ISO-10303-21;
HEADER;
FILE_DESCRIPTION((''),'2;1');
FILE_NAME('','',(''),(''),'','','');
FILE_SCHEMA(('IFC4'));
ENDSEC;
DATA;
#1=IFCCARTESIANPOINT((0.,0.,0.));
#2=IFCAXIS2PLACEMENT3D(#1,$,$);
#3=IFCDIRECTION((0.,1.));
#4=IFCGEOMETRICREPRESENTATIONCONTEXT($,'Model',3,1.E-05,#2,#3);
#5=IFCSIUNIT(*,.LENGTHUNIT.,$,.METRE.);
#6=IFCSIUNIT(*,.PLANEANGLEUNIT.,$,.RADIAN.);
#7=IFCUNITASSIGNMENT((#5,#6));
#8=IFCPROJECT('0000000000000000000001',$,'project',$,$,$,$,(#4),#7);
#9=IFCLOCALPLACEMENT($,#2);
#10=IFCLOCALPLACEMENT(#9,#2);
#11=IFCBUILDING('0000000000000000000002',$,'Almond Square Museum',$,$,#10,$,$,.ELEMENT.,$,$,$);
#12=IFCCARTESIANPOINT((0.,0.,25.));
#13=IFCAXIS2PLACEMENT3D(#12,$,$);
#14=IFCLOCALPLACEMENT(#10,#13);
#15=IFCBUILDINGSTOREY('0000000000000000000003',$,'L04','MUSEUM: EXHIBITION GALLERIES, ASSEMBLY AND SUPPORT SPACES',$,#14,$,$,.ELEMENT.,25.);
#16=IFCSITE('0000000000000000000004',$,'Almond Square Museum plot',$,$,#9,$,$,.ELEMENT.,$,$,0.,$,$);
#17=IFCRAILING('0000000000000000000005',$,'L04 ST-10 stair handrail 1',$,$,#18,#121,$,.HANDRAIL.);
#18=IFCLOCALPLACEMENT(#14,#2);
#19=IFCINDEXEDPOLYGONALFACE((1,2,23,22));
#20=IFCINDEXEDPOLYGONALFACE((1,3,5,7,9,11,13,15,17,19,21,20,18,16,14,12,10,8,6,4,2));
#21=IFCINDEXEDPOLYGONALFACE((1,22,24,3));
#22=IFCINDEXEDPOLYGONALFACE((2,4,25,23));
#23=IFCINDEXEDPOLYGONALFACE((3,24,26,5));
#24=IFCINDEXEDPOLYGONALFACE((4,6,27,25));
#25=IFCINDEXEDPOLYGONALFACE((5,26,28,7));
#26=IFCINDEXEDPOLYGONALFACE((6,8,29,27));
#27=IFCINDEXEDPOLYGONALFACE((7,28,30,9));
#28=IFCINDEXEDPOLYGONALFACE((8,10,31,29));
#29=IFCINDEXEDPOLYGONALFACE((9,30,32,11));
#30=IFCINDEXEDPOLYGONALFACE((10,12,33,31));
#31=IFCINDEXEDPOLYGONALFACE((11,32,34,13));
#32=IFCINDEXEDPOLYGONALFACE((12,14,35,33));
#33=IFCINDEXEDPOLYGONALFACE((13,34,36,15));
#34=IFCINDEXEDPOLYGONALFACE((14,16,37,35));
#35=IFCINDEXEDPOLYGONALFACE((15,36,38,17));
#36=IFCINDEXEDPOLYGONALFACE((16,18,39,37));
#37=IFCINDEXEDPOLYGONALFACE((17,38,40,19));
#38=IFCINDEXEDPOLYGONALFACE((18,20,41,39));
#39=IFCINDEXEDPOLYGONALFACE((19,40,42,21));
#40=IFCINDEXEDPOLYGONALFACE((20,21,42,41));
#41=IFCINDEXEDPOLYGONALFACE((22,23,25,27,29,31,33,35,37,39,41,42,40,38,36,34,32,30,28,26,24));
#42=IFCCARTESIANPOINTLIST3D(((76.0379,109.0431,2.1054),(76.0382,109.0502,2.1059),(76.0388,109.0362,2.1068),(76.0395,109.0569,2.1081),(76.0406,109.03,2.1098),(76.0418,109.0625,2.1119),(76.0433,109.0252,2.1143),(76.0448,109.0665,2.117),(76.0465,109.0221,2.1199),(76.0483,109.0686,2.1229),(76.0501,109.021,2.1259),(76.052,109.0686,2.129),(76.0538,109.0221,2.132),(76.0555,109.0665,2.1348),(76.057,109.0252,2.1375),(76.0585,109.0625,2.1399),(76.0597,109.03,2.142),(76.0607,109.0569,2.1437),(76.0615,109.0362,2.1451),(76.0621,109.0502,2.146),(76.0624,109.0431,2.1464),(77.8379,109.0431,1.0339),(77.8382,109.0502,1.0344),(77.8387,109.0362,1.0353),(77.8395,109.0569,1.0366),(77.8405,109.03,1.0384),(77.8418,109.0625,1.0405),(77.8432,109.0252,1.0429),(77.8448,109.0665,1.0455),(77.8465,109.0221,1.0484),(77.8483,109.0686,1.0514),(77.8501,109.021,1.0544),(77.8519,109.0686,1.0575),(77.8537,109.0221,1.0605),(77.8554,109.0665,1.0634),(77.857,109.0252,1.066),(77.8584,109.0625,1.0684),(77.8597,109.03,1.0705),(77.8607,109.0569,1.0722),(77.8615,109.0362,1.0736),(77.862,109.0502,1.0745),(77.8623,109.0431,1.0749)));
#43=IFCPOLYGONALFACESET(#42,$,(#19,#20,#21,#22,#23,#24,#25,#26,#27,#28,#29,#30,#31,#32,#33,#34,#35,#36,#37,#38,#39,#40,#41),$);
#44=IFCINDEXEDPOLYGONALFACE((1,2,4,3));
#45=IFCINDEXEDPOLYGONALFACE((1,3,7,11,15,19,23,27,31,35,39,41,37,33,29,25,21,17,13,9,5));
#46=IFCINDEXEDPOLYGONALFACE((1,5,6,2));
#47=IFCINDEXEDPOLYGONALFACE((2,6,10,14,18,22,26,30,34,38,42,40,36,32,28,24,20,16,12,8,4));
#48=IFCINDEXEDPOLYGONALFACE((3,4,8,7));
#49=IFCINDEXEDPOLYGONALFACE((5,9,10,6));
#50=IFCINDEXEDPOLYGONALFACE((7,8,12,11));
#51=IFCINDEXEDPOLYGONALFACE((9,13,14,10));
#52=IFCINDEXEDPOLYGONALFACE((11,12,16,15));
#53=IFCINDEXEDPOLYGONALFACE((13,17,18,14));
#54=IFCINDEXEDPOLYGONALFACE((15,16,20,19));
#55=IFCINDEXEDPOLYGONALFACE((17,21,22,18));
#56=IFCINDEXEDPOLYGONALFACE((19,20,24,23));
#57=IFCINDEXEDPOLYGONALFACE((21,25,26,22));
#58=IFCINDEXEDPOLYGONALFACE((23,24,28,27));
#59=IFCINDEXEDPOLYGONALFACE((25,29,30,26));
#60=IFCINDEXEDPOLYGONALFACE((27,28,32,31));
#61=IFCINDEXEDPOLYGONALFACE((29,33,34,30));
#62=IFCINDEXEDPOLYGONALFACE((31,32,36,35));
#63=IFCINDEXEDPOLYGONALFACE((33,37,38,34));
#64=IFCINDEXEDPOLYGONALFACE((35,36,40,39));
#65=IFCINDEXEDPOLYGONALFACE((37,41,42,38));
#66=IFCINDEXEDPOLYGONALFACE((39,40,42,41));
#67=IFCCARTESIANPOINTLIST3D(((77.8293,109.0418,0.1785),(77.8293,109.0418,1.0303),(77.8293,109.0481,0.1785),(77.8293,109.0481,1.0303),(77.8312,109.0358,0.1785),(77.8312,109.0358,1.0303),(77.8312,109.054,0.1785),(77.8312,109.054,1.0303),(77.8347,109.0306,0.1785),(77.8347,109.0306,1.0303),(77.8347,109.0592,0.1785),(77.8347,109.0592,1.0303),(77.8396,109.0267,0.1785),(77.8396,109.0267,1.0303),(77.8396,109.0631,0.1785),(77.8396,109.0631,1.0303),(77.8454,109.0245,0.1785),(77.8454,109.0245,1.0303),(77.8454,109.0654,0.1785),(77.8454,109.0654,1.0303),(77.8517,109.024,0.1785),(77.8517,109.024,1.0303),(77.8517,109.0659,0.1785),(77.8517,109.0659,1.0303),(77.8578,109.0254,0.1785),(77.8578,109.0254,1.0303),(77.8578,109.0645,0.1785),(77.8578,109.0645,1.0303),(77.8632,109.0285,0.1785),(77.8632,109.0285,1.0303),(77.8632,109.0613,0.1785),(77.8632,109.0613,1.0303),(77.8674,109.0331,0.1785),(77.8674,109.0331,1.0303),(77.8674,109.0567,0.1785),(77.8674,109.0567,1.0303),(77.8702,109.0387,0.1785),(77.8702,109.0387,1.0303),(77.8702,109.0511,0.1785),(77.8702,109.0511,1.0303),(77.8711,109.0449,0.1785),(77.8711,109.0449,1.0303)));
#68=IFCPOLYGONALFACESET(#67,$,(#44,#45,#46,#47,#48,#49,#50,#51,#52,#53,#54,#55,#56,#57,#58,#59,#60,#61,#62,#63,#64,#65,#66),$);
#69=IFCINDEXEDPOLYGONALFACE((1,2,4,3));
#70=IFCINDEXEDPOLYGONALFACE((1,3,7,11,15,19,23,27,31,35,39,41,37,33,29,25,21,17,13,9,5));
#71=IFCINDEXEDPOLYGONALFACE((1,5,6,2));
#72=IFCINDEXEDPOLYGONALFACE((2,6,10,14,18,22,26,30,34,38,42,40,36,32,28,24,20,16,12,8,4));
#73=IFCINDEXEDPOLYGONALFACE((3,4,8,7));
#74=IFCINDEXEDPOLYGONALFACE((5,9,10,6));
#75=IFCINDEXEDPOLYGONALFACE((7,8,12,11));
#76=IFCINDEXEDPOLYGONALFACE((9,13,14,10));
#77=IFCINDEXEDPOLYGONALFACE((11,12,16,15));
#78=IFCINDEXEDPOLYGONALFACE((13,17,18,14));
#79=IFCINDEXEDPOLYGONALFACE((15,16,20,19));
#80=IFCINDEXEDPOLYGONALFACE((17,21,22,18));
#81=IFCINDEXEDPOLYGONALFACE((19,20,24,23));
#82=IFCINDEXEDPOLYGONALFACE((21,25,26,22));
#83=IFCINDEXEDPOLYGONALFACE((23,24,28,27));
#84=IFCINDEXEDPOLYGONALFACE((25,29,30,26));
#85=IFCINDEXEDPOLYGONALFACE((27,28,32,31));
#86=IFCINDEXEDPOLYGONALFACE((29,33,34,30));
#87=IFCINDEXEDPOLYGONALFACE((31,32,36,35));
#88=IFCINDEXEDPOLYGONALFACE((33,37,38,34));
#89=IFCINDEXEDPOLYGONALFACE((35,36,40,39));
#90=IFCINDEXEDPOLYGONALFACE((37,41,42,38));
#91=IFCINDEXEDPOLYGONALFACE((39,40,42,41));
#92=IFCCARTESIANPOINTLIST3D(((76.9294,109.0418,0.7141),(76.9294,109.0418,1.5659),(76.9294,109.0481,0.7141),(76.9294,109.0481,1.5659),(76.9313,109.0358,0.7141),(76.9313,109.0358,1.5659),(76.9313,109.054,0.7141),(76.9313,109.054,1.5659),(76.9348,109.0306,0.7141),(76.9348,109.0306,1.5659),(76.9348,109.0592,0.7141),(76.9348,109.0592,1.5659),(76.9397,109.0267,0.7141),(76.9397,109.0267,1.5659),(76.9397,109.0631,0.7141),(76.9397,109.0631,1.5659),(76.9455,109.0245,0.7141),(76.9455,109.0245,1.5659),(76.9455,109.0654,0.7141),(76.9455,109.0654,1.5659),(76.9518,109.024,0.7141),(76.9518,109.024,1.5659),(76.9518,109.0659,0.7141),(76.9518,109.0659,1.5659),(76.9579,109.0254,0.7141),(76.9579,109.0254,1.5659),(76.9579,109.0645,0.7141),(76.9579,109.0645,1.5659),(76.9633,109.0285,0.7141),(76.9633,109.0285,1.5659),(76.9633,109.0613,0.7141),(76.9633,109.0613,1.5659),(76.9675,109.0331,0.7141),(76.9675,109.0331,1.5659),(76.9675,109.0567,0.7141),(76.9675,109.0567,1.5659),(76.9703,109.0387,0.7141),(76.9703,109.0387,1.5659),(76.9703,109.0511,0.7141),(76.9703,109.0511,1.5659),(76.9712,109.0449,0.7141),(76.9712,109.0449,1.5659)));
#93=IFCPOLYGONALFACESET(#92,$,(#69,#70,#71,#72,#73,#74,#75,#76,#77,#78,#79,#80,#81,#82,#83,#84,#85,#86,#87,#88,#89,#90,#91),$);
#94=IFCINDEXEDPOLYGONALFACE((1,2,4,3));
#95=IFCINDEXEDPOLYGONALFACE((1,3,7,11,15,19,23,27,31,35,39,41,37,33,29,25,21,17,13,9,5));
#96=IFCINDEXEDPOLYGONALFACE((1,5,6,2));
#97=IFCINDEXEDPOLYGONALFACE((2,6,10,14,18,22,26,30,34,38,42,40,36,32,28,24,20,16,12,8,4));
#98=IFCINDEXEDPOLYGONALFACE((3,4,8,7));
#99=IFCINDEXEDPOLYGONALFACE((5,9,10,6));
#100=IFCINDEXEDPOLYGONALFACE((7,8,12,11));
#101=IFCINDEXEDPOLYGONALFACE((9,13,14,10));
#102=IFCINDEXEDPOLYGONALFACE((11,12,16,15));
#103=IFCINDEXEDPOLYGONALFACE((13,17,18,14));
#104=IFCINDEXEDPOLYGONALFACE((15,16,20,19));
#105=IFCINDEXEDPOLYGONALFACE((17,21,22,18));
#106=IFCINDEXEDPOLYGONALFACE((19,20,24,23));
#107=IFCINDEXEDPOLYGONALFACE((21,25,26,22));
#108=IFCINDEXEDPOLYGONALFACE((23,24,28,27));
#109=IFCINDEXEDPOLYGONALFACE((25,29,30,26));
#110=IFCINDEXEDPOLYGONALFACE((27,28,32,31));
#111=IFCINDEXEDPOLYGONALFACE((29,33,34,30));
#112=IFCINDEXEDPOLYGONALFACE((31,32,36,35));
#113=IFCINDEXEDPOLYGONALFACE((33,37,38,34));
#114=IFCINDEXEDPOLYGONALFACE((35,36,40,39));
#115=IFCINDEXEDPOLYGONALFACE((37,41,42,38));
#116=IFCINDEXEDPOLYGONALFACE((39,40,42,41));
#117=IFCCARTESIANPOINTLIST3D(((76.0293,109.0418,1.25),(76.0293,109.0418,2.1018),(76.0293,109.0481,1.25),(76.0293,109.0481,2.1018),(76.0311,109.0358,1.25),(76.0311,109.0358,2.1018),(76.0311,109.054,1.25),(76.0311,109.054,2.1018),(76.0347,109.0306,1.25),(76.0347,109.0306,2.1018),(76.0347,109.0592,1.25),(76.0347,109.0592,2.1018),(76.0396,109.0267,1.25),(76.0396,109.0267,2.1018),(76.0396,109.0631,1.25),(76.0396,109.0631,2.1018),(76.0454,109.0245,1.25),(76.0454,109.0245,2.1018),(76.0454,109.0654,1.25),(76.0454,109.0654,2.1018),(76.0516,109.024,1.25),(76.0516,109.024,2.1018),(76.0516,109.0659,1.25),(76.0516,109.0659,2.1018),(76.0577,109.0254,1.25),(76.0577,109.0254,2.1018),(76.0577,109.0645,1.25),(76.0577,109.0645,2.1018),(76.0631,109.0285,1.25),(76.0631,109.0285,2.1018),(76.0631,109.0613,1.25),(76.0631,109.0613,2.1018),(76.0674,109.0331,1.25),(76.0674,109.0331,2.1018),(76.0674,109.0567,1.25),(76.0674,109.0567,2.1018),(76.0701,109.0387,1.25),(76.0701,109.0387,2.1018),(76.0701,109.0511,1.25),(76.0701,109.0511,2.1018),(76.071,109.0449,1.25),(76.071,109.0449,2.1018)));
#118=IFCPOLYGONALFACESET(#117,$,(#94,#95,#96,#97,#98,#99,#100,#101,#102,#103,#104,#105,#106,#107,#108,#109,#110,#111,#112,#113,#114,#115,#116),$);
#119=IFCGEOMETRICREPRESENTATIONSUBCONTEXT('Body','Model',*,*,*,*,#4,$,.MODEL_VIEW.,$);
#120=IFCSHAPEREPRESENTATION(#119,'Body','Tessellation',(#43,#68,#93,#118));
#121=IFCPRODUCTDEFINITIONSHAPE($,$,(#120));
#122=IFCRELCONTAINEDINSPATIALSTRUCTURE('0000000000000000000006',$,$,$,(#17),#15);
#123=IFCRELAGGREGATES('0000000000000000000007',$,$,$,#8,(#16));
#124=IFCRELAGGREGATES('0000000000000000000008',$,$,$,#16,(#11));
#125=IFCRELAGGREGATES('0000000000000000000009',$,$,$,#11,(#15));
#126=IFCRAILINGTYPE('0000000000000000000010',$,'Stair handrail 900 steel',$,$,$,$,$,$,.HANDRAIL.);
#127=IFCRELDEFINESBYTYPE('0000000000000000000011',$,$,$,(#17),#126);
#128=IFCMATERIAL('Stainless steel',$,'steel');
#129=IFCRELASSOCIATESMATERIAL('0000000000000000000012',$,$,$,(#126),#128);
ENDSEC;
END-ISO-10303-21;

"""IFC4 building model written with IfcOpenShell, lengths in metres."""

from ifc_helpers import new_model, si_unit, direction, frame, origin, origin_2d, place, context, subcontext, project, spatial, circle, extrude, material, type_object, element, save


model = new_model("IFC4")

# Units and contexts
model_context = context("Model", 3, precision=1e-05, world=origin(), true_north=direction((0.0, 1.0)))
body_context = subcontext(model_context, "Body", "Model", "MODEL_VIEW")
ifc_project = project(units=[si_unit("LENGTHUNIT", "METRE"), si_unit("PLANEANGLEUNIT", "RADIAN")], contexts=[model_context])

# Site, building, storey
site_placement = place(None, origin())
site = spatial("IfcSite", under=ifc_project, at=site_placement, Name="Almond Square Museum plot", CompositionType="ELEMENT", RefElevation=0.0)
building_placement = place(site_placement, origin())
building = spatial("IfcBuilding", under=site, at=building_placement, Name="Almond Square Museum", CompositionType="ELEMENT")
storey_placement = place(building_placement, frame((0.0, 0.0, 25.0)))
storey = spatial("IfcBuildingStorey", under=building, at=storey_placement, Name="L04", Description="MUSEUM: EXHIBITION GALLERIES, ASSEMBLY AND SUPPORT SPACES", CompositionType="ELEMENT", Elevation=25.0)

# Railing
ifc_material_1 = material(Name="Stainless steel", Category="steel")
railing_type_1 = type_object("IfcRailingType", Name="Stair handrail 900 steel", PredefinedType="HANDRAIL", material=ifc_material_1)
for number, where, name in (
    (1, (77.8501, 109.0449, 0.1785), "L04 ST-10 stair handrail 1"),
):
    element("IfcRailing", number, at=place(storey_placement, frame(where)), inside=storey, type_object=railing_type_1, Name=name, PredefinedType="HANDRAIL", context=body_context, shape_type="SweptSolid", body=[
        extrude(circle(Radius=0.0239, at=origin_2d()), frame((0.0, 0.0, 0.876), z_axis=(-0.859277, 0.0, 0.51151), x_axis=(0.0, -1.0, 0.0)), (0.0, 0.0, 1.0), 2.0947),
        extrude(circle(Radius=0.021, at=origin_2d()), origin(), (0.0, 0.0, 1.0), 0.8518),
        extrude(circle(Radius=0.021, at=origin_2d()), frame((-0.8999, 0.0, 0.5356)), (0.0, 0.0, 1.0), 0.8518),
        extrude(circle(Radius=0.021, at=origin_2d()), frame((-1.8, 0.0, 1.0715)), (0.0, 0.0, 1.0), 0.8518),
    ])

save(model, "model.ifc")
